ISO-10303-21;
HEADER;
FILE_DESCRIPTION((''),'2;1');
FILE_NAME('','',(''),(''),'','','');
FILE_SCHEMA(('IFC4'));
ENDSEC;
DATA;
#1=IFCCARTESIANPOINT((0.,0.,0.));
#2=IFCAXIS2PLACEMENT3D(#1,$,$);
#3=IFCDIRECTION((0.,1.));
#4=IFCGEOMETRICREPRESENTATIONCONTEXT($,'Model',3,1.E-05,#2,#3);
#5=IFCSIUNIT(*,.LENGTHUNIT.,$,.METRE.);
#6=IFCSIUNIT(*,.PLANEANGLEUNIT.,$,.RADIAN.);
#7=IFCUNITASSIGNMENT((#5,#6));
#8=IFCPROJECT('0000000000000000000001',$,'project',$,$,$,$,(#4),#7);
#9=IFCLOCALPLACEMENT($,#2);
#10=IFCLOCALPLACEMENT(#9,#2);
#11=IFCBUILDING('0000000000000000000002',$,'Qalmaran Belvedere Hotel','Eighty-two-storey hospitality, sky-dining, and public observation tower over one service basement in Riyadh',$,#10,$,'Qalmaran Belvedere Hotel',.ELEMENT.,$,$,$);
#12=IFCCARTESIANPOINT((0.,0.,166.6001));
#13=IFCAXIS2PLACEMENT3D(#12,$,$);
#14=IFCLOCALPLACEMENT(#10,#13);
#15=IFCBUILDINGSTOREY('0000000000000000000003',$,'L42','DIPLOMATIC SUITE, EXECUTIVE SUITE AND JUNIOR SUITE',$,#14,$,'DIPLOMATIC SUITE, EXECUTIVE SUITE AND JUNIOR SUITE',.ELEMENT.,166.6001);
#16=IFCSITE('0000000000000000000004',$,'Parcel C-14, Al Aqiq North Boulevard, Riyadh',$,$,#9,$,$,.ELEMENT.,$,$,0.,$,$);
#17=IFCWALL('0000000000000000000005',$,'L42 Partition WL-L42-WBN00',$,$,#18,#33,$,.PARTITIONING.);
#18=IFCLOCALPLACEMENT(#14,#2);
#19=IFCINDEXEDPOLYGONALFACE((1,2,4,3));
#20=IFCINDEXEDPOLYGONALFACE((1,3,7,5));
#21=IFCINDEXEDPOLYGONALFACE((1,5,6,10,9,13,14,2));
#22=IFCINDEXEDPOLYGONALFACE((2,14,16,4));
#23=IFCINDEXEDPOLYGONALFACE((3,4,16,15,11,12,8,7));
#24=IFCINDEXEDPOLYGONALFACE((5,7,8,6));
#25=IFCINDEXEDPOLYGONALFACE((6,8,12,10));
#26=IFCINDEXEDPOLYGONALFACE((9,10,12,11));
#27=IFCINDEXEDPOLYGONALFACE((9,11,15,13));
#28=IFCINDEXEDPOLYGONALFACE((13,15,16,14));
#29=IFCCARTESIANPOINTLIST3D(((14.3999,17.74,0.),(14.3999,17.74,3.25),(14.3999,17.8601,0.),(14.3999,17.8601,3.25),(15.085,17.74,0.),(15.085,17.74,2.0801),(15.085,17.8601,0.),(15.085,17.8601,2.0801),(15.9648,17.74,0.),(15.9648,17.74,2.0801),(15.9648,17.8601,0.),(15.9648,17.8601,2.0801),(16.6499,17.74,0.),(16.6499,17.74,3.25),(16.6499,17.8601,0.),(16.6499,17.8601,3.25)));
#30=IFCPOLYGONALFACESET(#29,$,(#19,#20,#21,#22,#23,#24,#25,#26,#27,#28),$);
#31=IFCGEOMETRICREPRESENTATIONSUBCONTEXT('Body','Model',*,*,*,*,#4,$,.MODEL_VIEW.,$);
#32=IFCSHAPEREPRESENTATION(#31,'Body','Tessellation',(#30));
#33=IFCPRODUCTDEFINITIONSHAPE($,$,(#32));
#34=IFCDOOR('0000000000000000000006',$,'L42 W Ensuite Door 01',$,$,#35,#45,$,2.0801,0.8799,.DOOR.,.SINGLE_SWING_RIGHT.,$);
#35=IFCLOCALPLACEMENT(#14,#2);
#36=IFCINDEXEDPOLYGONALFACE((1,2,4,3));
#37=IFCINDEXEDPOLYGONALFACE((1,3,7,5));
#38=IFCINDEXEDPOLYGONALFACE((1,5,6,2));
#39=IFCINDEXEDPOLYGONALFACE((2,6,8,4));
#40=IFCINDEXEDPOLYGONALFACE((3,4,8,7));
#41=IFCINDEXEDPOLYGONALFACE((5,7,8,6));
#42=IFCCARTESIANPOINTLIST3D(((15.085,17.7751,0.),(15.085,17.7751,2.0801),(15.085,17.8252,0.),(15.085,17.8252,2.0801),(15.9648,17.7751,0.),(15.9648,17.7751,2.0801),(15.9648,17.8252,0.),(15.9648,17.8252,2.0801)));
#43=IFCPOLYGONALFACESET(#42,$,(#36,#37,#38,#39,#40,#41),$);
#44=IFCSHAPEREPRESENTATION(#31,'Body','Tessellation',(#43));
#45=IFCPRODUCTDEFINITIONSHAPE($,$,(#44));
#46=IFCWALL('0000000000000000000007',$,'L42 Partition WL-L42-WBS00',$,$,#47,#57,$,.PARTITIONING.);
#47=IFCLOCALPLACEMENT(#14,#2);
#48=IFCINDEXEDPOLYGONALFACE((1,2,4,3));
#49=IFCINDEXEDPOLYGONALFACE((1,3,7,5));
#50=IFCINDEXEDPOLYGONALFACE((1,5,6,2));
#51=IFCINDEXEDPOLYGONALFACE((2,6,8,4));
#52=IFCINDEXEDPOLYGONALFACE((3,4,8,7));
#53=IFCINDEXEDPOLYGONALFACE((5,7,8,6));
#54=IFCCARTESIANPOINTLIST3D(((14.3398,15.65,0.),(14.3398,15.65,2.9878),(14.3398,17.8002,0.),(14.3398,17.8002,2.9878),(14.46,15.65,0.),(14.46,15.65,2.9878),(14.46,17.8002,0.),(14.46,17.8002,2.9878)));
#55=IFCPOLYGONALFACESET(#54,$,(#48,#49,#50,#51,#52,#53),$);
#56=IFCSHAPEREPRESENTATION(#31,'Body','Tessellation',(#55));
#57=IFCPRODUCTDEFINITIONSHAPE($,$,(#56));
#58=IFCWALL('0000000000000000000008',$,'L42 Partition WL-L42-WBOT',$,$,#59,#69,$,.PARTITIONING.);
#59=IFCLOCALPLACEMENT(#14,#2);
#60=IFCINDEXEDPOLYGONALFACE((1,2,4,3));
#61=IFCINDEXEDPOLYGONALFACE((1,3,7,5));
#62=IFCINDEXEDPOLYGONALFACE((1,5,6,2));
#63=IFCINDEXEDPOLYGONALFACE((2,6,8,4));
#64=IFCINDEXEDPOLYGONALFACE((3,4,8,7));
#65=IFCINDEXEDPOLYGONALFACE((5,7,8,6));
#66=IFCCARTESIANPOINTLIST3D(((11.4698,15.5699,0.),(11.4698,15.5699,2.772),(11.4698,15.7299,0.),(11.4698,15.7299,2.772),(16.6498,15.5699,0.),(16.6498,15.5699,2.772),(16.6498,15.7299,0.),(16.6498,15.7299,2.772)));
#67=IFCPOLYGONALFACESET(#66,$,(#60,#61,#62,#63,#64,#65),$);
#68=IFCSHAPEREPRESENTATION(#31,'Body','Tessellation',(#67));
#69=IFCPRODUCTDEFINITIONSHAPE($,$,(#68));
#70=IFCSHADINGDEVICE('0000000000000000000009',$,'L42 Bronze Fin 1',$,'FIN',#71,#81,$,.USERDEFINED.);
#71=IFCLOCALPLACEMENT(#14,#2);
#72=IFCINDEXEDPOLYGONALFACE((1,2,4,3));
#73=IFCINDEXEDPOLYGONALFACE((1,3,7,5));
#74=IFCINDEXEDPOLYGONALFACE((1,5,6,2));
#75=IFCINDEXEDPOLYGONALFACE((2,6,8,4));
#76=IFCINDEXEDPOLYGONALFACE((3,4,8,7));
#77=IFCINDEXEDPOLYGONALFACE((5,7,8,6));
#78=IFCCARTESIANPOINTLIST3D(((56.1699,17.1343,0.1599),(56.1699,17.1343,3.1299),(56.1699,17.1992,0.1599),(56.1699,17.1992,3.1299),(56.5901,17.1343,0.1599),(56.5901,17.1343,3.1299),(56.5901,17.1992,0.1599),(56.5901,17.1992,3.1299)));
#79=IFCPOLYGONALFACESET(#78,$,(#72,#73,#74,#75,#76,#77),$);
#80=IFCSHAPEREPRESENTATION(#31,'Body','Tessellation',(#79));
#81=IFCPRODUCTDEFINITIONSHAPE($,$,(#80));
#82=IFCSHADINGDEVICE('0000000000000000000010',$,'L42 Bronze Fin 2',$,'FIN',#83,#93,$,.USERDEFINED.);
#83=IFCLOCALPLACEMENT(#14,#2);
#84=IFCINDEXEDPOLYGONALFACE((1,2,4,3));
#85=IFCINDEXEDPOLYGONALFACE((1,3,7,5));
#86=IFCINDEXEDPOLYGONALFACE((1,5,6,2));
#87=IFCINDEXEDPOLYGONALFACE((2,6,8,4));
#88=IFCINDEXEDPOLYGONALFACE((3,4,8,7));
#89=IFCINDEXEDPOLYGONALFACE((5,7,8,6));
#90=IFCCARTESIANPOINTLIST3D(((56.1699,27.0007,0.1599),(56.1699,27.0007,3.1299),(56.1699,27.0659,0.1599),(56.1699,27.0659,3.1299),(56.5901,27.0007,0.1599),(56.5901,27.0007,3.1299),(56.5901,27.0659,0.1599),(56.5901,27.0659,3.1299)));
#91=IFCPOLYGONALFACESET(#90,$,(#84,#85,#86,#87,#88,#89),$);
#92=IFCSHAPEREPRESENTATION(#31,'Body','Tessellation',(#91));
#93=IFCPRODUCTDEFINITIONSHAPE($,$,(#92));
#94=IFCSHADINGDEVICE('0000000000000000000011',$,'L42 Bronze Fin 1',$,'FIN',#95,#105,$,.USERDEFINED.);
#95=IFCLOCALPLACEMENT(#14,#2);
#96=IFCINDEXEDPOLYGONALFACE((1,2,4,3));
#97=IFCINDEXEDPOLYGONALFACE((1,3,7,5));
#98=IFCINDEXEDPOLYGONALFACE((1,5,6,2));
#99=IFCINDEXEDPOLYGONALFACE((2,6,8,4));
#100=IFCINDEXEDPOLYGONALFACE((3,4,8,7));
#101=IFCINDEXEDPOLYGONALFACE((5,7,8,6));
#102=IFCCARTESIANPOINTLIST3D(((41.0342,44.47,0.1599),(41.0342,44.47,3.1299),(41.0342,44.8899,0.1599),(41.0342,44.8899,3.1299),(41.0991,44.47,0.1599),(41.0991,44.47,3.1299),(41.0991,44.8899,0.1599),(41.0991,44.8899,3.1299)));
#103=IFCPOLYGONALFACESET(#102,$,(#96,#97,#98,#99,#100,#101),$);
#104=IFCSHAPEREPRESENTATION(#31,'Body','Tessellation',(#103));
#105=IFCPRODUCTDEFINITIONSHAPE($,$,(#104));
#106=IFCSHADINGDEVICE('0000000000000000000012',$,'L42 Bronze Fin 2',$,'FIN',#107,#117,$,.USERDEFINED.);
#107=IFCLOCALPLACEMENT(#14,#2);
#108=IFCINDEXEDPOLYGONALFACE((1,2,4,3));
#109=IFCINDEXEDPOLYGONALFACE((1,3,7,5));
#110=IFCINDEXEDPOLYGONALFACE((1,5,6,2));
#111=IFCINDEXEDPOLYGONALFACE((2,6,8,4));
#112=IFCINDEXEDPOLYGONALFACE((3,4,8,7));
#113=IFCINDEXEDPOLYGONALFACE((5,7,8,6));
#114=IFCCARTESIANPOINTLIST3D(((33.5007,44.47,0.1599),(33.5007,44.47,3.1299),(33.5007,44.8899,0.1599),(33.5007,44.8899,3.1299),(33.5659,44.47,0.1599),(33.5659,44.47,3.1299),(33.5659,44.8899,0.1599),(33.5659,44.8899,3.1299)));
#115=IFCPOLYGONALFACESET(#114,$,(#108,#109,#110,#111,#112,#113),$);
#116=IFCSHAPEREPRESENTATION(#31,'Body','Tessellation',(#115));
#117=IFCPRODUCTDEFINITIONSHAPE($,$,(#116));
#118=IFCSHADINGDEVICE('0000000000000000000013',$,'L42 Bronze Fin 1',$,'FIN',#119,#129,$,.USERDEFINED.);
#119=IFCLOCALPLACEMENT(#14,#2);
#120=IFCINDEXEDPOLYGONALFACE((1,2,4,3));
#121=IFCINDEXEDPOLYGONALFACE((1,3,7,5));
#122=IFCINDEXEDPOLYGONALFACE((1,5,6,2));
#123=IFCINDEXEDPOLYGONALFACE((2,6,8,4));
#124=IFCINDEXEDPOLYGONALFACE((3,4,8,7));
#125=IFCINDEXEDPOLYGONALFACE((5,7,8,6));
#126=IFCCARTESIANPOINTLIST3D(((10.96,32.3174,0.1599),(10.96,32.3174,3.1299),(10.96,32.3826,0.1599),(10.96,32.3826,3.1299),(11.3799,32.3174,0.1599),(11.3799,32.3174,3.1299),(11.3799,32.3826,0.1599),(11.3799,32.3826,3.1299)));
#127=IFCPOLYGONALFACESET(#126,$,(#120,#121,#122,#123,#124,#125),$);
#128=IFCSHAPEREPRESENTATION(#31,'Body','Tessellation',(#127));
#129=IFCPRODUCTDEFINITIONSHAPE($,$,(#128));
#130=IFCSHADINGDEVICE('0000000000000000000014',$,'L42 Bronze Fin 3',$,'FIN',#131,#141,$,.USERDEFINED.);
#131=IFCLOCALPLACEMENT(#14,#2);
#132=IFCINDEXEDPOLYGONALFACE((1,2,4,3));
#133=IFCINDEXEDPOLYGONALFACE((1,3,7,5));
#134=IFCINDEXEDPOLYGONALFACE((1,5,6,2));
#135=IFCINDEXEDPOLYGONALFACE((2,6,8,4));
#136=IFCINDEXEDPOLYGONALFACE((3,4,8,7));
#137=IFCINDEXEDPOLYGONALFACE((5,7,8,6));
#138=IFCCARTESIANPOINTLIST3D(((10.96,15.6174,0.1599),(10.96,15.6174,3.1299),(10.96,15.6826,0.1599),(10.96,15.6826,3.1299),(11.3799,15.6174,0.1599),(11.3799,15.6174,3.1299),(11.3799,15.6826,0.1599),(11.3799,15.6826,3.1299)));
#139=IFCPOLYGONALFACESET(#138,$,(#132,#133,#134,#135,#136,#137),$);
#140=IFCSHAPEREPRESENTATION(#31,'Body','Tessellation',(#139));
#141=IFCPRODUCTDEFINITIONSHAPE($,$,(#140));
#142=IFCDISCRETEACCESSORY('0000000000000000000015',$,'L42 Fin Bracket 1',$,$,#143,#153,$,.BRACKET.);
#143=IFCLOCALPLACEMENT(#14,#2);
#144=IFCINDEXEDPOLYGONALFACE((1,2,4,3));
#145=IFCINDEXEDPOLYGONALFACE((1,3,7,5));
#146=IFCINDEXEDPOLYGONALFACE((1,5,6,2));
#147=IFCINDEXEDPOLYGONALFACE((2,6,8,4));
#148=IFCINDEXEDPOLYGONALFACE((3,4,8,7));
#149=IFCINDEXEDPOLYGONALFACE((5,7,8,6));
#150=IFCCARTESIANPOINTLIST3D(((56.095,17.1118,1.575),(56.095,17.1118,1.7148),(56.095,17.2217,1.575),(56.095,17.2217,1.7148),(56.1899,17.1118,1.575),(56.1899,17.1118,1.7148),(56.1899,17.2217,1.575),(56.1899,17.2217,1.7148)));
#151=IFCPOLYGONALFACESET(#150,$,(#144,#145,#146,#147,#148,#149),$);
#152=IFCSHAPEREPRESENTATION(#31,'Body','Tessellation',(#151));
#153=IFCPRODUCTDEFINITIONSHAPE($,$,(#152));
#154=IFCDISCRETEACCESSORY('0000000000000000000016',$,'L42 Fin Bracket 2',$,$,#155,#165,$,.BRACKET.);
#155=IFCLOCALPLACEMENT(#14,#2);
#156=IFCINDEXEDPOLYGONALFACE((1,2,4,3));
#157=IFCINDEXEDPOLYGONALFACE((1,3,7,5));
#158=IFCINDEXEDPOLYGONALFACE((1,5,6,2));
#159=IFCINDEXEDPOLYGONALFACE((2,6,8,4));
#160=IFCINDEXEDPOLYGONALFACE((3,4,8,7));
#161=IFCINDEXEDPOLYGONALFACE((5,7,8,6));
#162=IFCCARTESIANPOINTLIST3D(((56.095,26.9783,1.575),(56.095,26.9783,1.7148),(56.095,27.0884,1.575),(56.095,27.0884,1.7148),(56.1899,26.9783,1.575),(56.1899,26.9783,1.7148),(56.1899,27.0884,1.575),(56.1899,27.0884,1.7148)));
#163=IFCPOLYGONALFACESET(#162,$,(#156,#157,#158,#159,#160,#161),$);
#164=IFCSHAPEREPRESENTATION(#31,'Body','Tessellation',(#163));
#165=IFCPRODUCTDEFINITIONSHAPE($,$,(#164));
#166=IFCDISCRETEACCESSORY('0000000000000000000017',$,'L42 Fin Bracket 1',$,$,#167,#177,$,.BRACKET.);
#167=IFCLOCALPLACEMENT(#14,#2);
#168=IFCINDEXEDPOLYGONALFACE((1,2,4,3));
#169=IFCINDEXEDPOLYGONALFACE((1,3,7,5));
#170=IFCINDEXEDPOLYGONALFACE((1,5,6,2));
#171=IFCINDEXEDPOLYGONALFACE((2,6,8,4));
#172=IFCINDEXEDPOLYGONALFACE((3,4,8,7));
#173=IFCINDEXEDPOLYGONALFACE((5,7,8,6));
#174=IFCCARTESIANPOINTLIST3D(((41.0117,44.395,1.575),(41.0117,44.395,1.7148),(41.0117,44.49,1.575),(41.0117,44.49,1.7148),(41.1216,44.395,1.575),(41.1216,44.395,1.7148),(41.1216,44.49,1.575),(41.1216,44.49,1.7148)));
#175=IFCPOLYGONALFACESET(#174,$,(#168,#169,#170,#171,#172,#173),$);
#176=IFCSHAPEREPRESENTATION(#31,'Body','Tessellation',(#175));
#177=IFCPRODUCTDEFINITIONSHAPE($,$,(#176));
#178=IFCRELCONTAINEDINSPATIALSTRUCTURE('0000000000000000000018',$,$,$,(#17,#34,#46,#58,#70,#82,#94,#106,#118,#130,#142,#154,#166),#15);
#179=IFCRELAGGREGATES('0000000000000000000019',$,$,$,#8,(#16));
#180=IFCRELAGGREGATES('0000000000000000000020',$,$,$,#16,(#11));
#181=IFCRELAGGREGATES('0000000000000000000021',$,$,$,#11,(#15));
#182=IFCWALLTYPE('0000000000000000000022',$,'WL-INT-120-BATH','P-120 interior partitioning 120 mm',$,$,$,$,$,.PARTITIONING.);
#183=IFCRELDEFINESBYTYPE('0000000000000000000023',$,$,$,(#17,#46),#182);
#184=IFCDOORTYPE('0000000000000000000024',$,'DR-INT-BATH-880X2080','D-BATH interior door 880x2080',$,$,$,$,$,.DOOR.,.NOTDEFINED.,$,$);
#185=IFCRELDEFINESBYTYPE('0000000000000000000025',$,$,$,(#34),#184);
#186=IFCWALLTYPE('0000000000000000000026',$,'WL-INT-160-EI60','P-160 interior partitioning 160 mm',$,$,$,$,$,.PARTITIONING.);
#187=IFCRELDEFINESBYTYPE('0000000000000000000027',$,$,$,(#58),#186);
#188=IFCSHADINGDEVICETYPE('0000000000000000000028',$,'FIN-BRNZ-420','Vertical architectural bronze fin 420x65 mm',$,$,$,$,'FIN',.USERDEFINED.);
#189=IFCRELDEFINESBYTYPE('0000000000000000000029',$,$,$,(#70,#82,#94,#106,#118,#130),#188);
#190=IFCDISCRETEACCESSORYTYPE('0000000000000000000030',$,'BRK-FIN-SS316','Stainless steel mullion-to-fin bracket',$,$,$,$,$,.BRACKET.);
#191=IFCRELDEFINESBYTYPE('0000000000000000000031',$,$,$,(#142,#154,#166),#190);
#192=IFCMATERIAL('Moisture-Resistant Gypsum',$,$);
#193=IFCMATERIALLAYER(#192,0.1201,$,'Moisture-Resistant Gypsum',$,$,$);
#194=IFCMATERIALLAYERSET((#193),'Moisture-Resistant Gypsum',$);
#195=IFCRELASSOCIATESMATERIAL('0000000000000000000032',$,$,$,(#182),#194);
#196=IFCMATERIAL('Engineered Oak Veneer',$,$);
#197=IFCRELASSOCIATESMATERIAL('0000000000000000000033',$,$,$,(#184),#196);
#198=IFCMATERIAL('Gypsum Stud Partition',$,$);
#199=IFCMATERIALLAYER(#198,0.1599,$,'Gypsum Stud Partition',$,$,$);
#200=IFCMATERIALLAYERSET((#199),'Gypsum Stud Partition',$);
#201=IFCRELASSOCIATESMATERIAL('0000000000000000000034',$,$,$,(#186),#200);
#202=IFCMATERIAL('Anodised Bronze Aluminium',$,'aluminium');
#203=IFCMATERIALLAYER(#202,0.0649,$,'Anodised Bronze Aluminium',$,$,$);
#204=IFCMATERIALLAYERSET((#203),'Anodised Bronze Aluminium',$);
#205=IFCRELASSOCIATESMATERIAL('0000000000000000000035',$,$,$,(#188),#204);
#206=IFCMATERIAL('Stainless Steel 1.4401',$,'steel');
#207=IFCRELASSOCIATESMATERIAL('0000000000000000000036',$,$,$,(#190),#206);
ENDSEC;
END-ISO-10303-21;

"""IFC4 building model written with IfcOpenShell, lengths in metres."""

from ifc_helpers import new_model, si_unit, direction, frame, frame_2d, origin, place, context, subcontext, project, spatial, polyline, rectangle, outline, extrude, material, layer, layer_set, type_object, element, fill, save


model = new_model("IFC4")

# Units and contexts
model_context = context("Model", 3, precision=1e-05, world=origin(), true_north=direction((0.0, 1.0)))
body_context = subcontext(model_context, "Body", "Model", "MODEL_VIEW")
ifc_project = project(units=[si_unit("LENGTHUNIT", "METRE"), si_unit("PLANEANGLEUNIT", "RADIAN")], contexts=[model_context])

# Site, building, storey
site_placement = place(None, origin())
site = spatial("IfcSite", under=ifc_project, at=site_placement, Name="Parcel C-14, Al Aqiq North Boulevard, Riyadh", CompositionType="ELEMENT", RefElevation=0.0)
building_placement = place(site_placement, origin())
building = spatial("IfcBuilding", under=site, at=building_placement, Name="Qalmaran Belvedere Hotel", Description="Eighty-two-storey hospitality, sky-dining, and public observation tower over one service basement in Riyadh", LongName="Qalmaran Belvedere Hotel", CompositionType="ELEMENT")
storey_placement = place(building_placement, frame((0.0, 0.0, 166.6001)))
storey = spatial("IfcBuildingStorey", under=building, at=storey_placement, Name="L42", Description="DIPLOMATIC SUITE, EXECUTIVE SUITE AND JUNIOR SUITE", LongName="DIPLOMATIC SUITE, EXECUTIVE SUITE AND JUNIOR SUITE", CompositionType="ELEMENT", Elevation=166.6001)

# Shared definitions
ifc_material_1 = material(Name="Anodised Bronze Aluminium", Category="aluminium")

# Wall, opening, door
ifc_material_2 = material(Name="Moisture-Resistant Gypsum")
ifc_layer_1 = layer(ifc_material_2, 0.1201, Name="Moisture-Resistant Gypsum")
ifc_layer_set_1 = layer_set([ifc_layer_1], Name="Moisture-Resistant Gypsum")
wall_type_1 = type_object("IfcWallType", Name="WL-INT-120-BATH", Description="P-120 interior partitioning 120 mm", PredefinedType="PARTITIONING", material=ifc_layer_set_1)
wall_1_placement = place(storey_placement, frame((14.3999, 17.8, 0.0), z_axis=(0.0, 0.0, 1.0), x_axis=(1.0, 0.0, 0.0)))
wall_1 = element("IfcWall", 1, at=wall_1_placement, inside=storey, type_object=wall_type_1, Name="L42 Partition WL-L42-WBN00", PredefinedType="PARTITIONING", context=body_context, shape_type="SweptSolid", body=[
    extrude(rectangle(XDim=2.25, YDim=0.1201, at=frame_2d((1.125, 0.0))), origin(), (0.0, 0.0, 1.0), 3.25),
])
opening_1_placement = place(wall_1_placement, frame((1.5649, 0.0, 0.0), z_axis=(0.0, 0.0, 1.0), x_axis=(-1.0, 0.0, 0.0)))
opening_1 = element("IfcOpeningElement", 2, at=opening_1_placement, cuts=wall_1, PredefinedType="OPENING", context=body_context, shape_type="SweptSolid", body=[
    extrude(rectangle(XDim=0.8799, YDim=2.0801, at=frame_2d((0.4399, 1.04))), frame((0.0, 0.0701, 0.0), z_axis=(0.0, -1.0, 0.0), x_axis=(1.0, 0.0, 0.0)), (0.0, 0.0, 1.0), 0.1401),
])
ifc_material_3 = material(Name="Engineered Oak Veneer")
door_type = type_object("IfcDoorType", Name="DR-INT-BATH-880X2080", Description="D-BATH interior door 880x2080", OperationType="NOTDEFINED", PredefinedType="DOOR", material=ifc_material_3)
door_placement = place(opening_1_placement, origin())
door = element("IfcDoor", 3, at=door_placement, inside=storey, type_object=door_type, Name="L42 W Ensuite Door 01", OperationType="SINGLE_SWING_RIGHT", OverallHeight=2.0801, OverallWidth=0.8799, PredefinedType="DOOR", context=body_context, shape_type="SweptSolid", body=[
    extrude(rectangle(XDim=0.8799, YDim=2.0801, at=frame_2d((0.4399, 1.04))), frame((0.0, 0.0249, 0.0), z_axis=(0.0, -1.0, 0.0), x_axis=(1.0, 0.0, 0.0)), (0.0, 0.0, 1.0), 0.05),
])
fill(opening_1, door)

# Walls
wall_2_placement = place(storey_placement, frame((14.3999, 15.6499, 0.0), z_axis=(0.0, 0.0, 1.0), x_axis=(0.0, 1.0, 0.0)))
element("IfcWall", 4, at=wall_2_placement, inside=storey, type_object=wall_type_1, Name="L42 Partition WL-L42-WBS00", PredefinedType="PARTITIONING", context=body_context, shape_type="SweptSolid", body=[
    extrude(rectangle(XDim=2.1501, YDim=0.1201, at=frame_2d((1.0752, 0.0))), origin(), (0.0, 0.0, 1.0), 2.9878),
])
ifc_material_4 = material(Name="Gypsum Stud Partition")
ifc_layer_2 = layer(ifc_material_4, 0.1599, Name="Gypsum Stud Partition")
ifc_layer_set_2 = layer_set([ifc_layer_2], Name="Gypsum Stud Partition")
wall_type_2 = type_object("IfcWallType", Name="WL-INT-160-EI60", Description="P-160 interior partitioning 160 mm", PredefinedType="PARTITIONING", material=ifc_layer_set_2)
wall_3_placement = place(storey_placement, frame((11.47, 15.6499, 0.0), z_axis=(0.0, 0.0, 1.0), x_axis=(1.0, 0.0, 0.0)))
element("IfcWall", 5, at=wall_3_placement, inside=storey, type_object=wall_type_2, Name="L42 Partition WL-L42-WBOT", PredefinedType="PARTITIONING", context=body_context, shape_type="SweptSolid", body=[
    extrude(rectangle(XDim=5.1799, YDim=0.1599, at=frame_2d((2.5898, 0.0))), origin(), (0.0, 0.0, 1.0), 2.772),
])

# Shading devices
ifc_layer_3 = layer(ifc_material_1, 0.0649, Name="Anodised Bronze Aluminium")
ifc_layer_set_3 = layer_set([ifc_layer_3], Name="Anodised Bronze Aluminium")
shading_device_type = type_object("IfcShadingDeviceType", Name="FIN-BRNZ-420", Description="Vertical architectural bronze fin 420x65 mm", ElementType="FIN", PredefinedType="USERDEFINED", material=ifc_layer_set_3)
shading_device_1_placement = place(storey_placement, frame((0.0, 0.0, 0.1599)))
element("IfcShadingDevice", 6, at=shading_device_1_placement, inside=storey, type_object=shading_device_type, Name="L42 Bronze Fin 1", ObjectType="FIN", PredefinedType="USERDEFINED", context=body_context, shape_type="SweptSolid", body=[
    extrude(outline(polyline([(56.1699, 17.1343), (56.5901, 17.1343), (56.5901, 17.1992), (56.1699, 17.1992), (56.1699, 17.1343)])), origin(), (0.0, 0.0, 1.0), 2.97),
])
shading_device_2_placement = place(storey_placement, frame((0.0, 0.0, 0.1599)))
element("IfcShadingDevice", 7, at=shading_device_2_placement, inside=storey, type_object=shading_device_type, Name="L42 Bronze Fin 2", ObjectType="FIN", PredefinedType="USERDEFINED", context=body_context, shape_type="SweptSolid", body=[
    extrude(outline(polyline([(56.1699, 27.0007), (56.5901, 27.0007), (56.5901, 27.0659), (56.1699, 27.0659), (56.1699, 27.0007)])), origin(), (0.0, 0.0, 1.0), 2.97),
])
shading_device_3_placement = place(storey_placement, frame((0.0, 0.0, 0.1599)))
element("IfcShadingDevice", 8, at=shading_device_3_placement, inside=storey, type_object=shading_device_type, Name="L42 Bronze Fin 1", ObjectType="FIN", PredefinedType="USERDEFINED", context=body_context, shape_type="SweptSolid", body=[
    extrude(outline(polyline([(41.0991, 44.47), (41.0991, 44.8899), (41.0342, 44.8899), (41.0342, 44.47), (41.0991, 44.47)])), origin(), (0.0, 0.0, 1.0), 2.97),
])
shading_device_4_placement = place(storey_placement, frame((0.0, 0.0, 0.1599)))
element("IfcShadingDevice", 9, at=shading_device_4_placement, inside=storey, type_object=shading_device_type, Name="L42 Bronze Fin 2", ObjectType="FIN", PredefinedType="USERDEFINED", context=body_context, shape_type="SweptSolid", body=[
    extrude(outline(polyline([(33.5659, 44.47), (33.5659, 44.8899), (33.5007, 44.8899), (33.5007, 44.47), (33.5659, 44.47)])), origin(), (0.0, 0.0, 1.0), 2.97),
])
shading_device_5_placement = place(storey_placement, frame((0.0, 0.0, 0.1599)))
element("IfcShadingDevice", 10, at=shading_device_5_placement, inside=storey, type_object=shading_device_type, Name="L42 Bronze Fin 1", ObjectType="FIN", PredefinedType="USERDEFINED", context=body_context, shape_type="SweptSolid", body=[
    extrude(outline(polyline([(11.3799, 32.3826), (10.96, 32.3826), (10.96, 32.3174), (11.3799, 32.3174), (11.3799, 32.3826)])), origin(), (0.0, 0.0, 1.0), 2.97),
])
shading_device_6_placement = place(storey_placement, frame((0.0, 0.0, 0.1599)))
element("IfcShadingDevice", 11, at=shading_device_6_placement, inside=storey, type_object=shading_device_type, Name="L42 Bronze Fin 3", ObjectType="FIN", PredefinedType="USERDEFINED", context=body_context, shape_type="SweptSolid", body=[
    extrude(outline(polyline([(11.3799, 15.6826), (10.96, 15.6826), (10.96, 15.6174), (11.3799, 15.6174), (11.3799, 15.6826)])), origin(), (0.0, 0.0, 1.0), 2.97),
])

# Discrete accessories
ifc_material_5 = material(Name="Stainless Steel 1.4401", Category="steel")
discrete_accessory_type_1 = type_object("IfcDiscreteAccessoryType", Name="BRK-FIN-SS316", Description="Stainless steel mullion-to-fin bracket", PredefinedType="BRACKET", material=ifc_material_5)
discrete_accessory_1_placement = place(storey_placement, frame((0.0, 0.0, 1.575)))
element("IfcDiscreteAccessory", 12, at=discrete_accessory_1_placement, inside=storey, type_object=discrete_accessory_type_1, Name="L42 Fin Bracket 1", PredefinedType="BRACKET", context=body_context, shape_type="SweptSolid", body=[
    extrude(outline(polyline([(56.095, 17.1118), (56.1899, 17.1118), (56.1899, 17.2217), (56.095, 17.2217), (56.095, 17.1118)])), origin(), (0.0, 0.0, 1.0), 0.1399),
])
discrete_accessory_2_placement = place(storey_placement, frame((0.0, 0.0, 1.575)))
element("IfcDiscreteAccessory", 13, at=discrete_accessory_2_placement, inside=storey, type_object=discrete_accessory_type_1, Name="L42 Fin Bracket 2", PredefinedType="BRACKET", context=body_context, shape_type="SweptSolid", body=[
    extrude(outline(polyline([(56.095, 26.9783), (56.1899, 26.9783), (56.1899, 27.0884), (56.095, 27.0884), (56.095, 26.9783)])), origin(), (0.0, 0.0, 1.0), 0.1399),
])
discrete_accessory_3_placement = place(storey_placement, frame((0.0, 0.0, 1.575)))
element("IfcDiscreteAccessory", 14, at=discrete_accessory_3_placement, inside=storey, type_object=discrete_accessory_type_1, Name="L42 Fin Bracket 1", PredefinedType="BRACKET", context=body_context, shape_type="SweptSolid", body=[
    extrude(outline(polyline([(41.1216, 44.395), (41.1216, 44.49), (41.0117, 44.49), (41.0117, 44.395), (41.1216, 44.395)])), origin(), (0.0, 0.0, 1.0), 0.1399),
])

save(model, "model.ifc")
